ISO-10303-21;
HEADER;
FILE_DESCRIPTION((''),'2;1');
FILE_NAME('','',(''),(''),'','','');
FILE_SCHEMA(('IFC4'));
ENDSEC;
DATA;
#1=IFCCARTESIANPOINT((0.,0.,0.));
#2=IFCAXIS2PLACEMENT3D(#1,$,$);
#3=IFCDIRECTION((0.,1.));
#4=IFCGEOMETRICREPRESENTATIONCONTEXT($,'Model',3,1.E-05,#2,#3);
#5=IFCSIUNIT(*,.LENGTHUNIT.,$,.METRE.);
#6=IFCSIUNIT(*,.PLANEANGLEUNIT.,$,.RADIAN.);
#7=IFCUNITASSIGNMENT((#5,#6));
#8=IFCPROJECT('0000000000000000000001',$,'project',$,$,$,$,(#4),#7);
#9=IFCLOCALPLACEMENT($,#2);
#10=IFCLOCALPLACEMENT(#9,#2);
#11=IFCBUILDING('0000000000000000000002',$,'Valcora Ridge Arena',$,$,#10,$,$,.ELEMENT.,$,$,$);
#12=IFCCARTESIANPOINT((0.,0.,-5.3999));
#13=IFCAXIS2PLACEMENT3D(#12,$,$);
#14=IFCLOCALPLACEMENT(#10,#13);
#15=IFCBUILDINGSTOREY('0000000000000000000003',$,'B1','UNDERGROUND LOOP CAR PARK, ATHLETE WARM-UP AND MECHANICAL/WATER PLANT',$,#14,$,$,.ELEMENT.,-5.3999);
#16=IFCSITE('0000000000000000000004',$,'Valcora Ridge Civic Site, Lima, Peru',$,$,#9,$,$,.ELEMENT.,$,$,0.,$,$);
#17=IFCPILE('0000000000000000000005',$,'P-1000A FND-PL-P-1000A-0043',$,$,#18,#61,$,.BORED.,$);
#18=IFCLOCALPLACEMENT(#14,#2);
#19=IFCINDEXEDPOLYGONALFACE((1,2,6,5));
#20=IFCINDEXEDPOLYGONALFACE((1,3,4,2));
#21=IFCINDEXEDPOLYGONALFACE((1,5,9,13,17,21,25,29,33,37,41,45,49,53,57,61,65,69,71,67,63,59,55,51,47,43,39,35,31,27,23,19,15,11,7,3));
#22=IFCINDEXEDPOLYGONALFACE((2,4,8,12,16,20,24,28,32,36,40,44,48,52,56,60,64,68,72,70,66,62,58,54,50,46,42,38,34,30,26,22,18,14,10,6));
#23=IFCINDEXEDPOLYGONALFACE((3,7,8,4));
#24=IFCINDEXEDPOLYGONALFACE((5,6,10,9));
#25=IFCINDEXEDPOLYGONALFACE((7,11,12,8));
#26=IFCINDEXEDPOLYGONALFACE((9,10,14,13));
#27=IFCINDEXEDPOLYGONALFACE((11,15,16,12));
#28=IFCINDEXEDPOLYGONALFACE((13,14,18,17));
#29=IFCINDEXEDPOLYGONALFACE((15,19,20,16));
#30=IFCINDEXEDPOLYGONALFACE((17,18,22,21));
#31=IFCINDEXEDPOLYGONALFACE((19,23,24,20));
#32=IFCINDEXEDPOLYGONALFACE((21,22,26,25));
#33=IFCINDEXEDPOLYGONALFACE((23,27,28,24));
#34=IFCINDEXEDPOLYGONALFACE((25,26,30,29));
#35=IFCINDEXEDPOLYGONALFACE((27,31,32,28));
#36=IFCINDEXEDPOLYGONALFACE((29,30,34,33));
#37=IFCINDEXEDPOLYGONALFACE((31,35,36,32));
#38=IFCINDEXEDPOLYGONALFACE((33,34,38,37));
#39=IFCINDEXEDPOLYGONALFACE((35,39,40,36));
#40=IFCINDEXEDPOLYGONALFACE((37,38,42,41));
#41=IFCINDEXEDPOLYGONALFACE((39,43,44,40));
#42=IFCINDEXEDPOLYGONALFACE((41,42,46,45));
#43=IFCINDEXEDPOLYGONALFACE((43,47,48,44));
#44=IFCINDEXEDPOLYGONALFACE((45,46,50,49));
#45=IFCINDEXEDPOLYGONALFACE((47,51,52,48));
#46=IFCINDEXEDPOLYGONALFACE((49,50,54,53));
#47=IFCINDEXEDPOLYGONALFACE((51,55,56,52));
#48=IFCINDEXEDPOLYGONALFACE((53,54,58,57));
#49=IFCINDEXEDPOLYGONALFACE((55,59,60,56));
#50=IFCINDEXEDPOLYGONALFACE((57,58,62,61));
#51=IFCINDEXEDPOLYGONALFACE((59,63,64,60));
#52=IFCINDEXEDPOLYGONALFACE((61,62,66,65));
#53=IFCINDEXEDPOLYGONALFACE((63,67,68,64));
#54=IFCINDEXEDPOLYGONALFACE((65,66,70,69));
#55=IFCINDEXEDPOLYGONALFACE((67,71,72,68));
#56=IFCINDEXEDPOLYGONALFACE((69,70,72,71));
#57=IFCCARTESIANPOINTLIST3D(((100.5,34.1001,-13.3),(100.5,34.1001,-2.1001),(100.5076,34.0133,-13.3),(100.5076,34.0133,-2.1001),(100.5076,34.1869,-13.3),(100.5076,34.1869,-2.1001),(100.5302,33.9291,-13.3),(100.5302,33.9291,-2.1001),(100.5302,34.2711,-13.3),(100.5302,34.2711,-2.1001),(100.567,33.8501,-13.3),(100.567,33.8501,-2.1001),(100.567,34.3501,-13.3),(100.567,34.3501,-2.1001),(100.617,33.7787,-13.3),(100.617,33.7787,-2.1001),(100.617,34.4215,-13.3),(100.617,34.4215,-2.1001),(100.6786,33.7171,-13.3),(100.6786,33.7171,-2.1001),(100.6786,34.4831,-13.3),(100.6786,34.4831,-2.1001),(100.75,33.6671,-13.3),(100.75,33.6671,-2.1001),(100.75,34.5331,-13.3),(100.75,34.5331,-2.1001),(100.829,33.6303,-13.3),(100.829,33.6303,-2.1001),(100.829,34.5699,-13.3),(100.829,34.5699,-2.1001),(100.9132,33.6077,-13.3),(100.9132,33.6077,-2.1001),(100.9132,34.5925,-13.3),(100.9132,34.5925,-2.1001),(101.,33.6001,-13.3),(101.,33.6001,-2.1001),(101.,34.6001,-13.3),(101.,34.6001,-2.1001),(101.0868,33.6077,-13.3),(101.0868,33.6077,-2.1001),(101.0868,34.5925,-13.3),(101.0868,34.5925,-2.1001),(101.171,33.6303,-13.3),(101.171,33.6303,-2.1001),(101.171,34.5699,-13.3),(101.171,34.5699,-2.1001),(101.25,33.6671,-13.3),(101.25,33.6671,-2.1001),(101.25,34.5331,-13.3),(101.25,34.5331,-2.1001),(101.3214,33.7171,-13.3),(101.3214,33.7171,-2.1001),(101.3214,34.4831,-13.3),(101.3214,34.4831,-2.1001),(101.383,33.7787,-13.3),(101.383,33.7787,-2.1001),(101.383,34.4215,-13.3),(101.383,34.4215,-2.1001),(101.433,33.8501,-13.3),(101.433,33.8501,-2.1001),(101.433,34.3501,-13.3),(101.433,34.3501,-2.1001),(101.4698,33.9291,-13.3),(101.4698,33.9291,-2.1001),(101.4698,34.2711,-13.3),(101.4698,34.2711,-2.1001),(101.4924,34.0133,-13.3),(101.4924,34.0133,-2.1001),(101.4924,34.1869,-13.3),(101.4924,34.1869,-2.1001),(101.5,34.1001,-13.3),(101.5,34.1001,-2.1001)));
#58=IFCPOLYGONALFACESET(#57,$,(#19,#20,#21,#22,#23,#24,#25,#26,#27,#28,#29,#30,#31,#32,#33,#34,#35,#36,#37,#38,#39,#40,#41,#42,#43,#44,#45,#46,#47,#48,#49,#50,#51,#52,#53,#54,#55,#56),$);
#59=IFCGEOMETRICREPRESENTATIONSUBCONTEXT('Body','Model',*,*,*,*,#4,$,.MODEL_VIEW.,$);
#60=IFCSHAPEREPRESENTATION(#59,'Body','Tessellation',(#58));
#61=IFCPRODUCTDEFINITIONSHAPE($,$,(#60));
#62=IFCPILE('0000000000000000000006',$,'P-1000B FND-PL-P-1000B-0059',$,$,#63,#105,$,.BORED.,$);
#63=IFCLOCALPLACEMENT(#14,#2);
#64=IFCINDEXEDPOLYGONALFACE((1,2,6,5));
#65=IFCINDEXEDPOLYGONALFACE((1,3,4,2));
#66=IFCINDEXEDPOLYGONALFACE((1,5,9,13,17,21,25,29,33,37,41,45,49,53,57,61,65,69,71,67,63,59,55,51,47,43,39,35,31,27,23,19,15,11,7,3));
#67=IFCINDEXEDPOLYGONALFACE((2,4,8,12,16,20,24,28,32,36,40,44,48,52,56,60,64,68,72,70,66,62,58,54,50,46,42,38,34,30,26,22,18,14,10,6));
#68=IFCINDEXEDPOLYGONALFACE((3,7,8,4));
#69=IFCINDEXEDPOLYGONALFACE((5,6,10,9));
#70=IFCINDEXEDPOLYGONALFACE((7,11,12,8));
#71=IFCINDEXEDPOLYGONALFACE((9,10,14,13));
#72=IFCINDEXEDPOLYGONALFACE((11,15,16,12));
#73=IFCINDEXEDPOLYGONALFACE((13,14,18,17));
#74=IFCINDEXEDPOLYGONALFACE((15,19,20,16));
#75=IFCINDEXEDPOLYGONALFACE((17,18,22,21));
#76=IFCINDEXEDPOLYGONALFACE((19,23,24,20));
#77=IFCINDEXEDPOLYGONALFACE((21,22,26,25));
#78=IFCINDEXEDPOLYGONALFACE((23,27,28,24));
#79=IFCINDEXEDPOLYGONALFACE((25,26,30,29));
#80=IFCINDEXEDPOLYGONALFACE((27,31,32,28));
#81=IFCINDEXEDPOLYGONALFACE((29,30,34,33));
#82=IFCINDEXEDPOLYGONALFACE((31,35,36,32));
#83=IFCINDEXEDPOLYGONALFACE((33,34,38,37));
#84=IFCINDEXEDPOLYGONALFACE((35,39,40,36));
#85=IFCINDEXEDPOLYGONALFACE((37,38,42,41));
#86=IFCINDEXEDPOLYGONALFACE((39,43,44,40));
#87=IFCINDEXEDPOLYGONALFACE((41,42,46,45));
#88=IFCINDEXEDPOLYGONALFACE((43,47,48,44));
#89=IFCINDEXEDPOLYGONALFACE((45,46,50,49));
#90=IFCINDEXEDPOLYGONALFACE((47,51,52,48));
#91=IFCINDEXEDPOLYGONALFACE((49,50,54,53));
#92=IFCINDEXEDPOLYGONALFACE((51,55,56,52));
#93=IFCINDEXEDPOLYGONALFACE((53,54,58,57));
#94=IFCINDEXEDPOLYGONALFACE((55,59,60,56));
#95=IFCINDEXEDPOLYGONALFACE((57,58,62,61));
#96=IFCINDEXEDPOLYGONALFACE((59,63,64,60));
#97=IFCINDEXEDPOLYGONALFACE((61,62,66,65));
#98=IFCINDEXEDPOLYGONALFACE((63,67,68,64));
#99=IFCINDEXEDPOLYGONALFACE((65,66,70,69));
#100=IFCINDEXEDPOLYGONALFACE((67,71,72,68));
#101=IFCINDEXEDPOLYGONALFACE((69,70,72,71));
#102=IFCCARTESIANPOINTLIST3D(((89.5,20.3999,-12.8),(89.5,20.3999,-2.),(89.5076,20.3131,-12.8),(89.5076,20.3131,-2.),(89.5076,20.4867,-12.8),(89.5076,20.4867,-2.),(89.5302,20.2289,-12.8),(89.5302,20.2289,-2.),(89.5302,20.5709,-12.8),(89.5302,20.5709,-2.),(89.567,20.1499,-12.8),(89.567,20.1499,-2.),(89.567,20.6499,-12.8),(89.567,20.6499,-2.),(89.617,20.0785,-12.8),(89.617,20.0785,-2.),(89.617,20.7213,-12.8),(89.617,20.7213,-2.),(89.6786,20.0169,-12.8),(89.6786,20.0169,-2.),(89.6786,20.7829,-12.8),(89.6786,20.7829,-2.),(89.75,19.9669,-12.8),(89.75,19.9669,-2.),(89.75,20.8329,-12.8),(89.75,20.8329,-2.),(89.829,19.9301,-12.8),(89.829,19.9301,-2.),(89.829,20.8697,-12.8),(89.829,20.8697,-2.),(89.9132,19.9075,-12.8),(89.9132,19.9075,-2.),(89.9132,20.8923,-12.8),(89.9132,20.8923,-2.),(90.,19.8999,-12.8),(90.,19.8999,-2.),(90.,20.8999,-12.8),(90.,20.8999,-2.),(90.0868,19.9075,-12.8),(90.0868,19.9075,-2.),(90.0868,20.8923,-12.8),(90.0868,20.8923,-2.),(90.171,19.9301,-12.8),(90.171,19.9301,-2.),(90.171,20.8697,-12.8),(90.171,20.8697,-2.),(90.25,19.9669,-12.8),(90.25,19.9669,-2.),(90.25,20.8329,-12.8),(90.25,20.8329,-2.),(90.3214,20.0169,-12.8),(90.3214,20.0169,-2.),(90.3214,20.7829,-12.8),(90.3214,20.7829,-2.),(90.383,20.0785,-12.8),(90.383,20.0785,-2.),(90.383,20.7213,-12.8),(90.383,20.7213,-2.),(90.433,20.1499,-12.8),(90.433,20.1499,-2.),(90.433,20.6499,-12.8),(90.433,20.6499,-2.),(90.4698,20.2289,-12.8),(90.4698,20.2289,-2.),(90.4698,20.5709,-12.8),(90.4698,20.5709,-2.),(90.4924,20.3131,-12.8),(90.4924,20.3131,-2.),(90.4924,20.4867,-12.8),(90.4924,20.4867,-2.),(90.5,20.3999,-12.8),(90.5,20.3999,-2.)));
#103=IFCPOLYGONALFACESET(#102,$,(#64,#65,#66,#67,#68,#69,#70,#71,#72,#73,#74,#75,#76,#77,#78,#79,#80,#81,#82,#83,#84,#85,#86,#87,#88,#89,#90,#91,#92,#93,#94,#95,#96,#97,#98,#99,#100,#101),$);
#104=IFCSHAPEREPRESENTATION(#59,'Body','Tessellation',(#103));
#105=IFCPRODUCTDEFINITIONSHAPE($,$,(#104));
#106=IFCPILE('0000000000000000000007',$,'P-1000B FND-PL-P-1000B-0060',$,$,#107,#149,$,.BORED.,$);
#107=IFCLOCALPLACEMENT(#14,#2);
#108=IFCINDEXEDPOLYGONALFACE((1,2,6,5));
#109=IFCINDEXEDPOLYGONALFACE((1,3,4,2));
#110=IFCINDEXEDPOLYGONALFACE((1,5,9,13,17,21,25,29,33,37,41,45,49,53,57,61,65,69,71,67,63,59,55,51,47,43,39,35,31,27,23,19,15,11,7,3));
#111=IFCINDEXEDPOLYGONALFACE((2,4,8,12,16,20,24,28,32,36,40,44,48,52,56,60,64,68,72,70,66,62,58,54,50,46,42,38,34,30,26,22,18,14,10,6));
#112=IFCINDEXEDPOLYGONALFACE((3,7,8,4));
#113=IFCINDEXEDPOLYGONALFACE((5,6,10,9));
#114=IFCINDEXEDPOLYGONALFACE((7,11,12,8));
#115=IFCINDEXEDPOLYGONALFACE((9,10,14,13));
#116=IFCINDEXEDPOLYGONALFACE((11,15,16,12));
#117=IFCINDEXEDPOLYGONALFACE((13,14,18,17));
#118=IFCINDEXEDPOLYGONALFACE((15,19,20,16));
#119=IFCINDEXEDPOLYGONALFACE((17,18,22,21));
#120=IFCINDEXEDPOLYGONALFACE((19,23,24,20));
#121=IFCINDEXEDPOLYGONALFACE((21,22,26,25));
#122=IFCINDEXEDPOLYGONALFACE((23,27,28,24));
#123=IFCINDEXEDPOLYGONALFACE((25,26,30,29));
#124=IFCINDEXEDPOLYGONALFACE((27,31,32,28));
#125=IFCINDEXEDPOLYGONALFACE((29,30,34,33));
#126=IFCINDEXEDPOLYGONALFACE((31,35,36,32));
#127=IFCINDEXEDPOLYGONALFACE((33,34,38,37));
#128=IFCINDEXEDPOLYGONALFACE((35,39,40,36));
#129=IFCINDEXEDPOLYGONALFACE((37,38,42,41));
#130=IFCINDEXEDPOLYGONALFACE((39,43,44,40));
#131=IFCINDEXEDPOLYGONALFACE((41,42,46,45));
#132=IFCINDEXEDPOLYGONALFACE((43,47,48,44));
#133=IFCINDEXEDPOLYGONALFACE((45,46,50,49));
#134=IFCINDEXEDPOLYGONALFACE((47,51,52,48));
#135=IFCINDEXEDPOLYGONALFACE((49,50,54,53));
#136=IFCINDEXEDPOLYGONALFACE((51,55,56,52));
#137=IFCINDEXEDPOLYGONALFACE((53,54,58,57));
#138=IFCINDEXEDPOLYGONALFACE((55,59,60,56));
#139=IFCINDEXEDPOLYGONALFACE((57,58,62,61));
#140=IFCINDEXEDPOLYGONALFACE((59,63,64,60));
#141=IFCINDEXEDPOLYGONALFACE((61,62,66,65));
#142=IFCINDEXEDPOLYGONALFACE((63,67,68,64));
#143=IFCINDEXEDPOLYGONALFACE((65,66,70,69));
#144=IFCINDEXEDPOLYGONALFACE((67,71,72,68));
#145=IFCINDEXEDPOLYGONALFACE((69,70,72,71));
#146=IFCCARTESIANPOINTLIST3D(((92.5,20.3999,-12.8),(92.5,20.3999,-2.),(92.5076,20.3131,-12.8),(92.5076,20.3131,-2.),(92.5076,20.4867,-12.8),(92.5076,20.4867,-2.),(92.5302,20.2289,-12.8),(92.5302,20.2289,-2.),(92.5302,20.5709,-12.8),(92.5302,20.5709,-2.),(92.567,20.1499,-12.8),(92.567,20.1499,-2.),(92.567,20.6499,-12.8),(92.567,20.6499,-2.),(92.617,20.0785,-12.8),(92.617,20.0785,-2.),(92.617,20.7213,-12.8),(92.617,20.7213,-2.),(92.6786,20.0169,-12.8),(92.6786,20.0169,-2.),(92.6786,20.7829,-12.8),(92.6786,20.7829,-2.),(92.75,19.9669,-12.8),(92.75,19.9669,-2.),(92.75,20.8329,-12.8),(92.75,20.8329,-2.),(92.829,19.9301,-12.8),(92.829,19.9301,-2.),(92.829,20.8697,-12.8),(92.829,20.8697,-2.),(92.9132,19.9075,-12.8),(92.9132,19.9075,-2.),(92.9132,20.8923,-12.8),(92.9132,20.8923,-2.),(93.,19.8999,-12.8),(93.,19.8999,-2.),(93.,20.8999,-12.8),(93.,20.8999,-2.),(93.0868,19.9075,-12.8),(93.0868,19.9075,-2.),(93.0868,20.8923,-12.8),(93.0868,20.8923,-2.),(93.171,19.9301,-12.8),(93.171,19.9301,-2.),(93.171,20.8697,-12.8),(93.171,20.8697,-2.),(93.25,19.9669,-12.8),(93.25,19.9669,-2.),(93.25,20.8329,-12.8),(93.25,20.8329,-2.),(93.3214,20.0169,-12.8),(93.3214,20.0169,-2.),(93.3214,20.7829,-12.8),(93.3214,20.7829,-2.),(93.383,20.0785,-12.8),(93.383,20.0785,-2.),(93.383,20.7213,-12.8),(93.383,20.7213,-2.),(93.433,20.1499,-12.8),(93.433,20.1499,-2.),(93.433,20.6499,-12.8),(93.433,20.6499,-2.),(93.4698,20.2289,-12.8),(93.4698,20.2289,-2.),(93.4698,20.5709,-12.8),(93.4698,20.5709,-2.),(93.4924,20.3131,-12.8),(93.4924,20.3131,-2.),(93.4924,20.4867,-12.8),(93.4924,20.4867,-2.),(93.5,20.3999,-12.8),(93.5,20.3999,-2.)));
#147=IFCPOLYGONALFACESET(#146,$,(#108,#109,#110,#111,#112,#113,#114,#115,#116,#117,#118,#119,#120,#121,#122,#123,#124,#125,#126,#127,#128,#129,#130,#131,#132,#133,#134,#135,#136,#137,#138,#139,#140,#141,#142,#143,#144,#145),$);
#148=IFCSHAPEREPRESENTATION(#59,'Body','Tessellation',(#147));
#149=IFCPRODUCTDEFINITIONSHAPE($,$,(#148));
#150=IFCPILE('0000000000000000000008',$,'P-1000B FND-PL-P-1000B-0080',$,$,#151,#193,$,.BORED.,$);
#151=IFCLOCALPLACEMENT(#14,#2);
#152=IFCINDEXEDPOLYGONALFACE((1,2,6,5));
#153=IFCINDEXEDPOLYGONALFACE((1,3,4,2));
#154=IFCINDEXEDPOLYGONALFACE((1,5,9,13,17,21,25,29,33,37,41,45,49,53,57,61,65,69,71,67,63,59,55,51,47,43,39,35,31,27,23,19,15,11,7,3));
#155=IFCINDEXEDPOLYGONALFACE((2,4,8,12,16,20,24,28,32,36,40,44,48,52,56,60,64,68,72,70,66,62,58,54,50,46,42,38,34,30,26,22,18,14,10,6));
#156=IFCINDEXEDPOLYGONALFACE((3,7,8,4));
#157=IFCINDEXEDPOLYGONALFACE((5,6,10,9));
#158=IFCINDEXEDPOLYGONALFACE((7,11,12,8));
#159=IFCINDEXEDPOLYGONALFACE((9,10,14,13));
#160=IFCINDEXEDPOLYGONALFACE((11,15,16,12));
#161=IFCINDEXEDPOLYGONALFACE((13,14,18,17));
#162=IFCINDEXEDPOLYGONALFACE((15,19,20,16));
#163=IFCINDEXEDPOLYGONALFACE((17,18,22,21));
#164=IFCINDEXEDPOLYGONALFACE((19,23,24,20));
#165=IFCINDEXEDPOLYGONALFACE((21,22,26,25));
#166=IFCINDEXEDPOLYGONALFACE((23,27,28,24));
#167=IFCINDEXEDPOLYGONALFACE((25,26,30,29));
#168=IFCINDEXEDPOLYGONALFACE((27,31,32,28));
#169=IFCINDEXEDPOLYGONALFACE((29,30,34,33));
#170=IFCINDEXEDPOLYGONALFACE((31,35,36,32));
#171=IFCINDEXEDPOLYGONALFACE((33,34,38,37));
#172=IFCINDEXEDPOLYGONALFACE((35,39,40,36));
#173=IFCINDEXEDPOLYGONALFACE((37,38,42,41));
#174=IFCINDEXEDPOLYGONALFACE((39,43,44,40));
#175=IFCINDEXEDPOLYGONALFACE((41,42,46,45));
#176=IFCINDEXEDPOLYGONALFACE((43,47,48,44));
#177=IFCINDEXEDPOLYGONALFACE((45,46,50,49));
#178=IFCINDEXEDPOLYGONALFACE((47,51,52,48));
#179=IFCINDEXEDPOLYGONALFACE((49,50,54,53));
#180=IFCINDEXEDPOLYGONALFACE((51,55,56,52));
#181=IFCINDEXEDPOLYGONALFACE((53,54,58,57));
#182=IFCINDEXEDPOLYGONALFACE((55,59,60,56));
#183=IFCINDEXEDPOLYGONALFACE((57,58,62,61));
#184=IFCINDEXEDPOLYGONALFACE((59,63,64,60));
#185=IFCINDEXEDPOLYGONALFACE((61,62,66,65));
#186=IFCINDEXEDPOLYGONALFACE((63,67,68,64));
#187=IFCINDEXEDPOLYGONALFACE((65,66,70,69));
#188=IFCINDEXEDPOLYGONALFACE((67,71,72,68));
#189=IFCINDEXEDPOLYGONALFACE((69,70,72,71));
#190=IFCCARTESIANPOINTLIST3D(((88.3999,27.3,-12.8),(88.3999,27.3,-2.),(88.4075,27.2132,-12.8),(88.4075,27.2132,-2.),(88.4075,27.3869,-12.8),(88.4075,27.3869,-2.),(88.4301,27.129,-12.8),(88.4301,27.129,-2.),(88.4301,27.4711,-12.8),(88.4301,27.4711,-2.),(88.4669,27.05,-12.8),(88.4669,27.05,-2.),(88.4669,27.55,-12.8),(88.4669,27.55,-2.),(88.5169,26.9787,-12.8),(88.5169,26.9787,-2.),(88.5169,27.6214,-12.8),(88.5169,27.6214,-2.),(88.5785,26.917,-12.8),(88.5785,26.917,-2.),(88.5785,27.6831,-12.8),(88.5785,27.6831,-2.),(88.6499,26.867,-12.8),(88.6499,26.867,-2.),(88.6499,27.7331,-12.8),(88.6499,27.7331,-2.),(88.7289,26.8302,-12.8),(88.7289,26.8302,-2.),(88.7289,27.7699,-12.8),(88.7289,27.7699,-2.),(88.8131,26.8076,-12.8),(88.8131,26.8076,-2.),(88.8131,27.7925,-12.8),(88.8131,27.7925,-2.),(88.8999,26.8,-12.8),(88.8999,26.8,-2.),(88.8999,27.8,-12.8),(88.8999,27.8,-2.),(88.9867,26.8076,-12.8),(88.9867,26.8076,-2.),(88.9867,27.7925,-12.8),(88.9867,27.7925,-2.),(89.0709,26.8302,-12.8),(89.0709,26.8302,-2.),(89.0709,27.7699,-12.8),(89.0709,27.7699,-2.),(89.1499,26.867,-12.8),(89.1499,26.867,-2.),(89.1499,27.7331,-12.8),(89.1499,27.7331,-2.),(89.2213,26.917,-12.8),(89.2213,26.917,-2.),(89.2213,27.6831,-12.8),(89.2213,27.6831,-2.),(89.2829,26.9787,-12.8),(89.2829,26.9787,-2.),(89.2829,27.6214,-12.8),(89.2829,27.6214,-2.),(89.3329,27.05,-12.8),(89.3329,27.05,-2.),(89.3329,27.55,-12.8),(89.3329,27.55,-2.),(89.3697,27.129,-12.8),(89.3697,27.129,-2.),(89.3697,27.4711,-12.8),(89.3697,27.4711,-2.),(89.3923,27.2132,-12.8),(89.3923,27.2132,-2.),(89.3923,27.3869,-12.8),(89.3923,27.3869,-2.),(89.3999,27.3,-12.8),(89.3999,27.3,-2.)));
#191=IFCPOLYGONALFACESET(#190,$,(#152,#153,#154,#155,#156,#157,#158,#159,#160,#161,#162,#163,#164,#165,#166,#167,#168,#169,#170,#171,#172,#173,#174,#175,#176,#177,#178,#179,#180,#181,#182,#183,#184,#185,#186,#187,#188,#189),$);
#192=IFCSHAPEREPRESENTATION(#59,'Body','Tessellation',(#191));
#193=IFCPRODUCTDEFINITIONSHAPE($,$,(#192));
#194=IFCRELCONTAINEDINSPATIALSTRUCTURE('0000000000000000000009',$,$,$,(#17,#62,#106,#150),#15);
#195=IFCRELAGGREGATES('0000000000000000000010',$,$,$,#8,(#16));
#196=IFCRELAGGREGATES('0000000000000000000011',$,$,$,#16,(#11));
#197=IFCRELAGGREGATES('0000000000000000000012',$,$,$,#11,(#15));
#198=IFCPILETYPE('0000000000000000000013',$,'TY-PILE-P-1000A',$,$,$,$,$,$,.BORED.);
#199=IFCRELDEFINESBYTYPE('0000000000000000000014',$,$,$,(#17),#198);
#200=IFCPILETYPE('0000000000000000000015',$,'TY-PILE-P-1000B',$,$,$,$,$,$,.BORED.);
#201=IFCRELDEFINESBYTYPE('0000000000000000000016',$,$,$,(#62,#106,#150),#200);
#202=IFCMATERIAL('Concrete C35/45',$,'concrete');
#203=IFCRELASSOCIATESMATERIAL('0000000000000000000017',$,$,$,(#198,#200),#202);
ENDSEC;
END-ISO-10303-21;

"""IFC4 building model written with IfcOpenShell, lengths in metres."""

from ifc_helpers import new_model, si_unit, direction, frame, origin, origin_2d, place, context, subcontext, project, spatial, circle, extrude, material, material_profile, profile_set, type_object, element, save


model = new_model("IFC4")

# Units and contexts
model_context = context("Model", 3, precision=1e-05, world=origin(), true_north=direction((0.0, 1.0)))
body_context = subcontext(model_context, "Body", "Model", "MODEL_VIEW")
ifc_project = project(units=[si_unit("LENGTHUNIT", "METRE"), si_unit("PLANEANGLEUNIT", "RADIAN")], contexts=[model_context])

# Site, building, storey
site_placement = place(None, origin())
site = spatial("IfcSite", under=ifc_project, at=site_placement, Name="Valcora Ridge Civic Site, Lima, Peru", CompositionType="ELEMENT", RefElevation=0.0)
building_placement = place(site_placement, origin())
building = spatial("IfcBuilding", under=site, at=building_placement, Name="Valcora Ridge Arena", CompositionType="ELEMENT")
storey_placement = place(building_placement, frame((0.0, 0.0, -5.3999)))
storey = spatial("IfcBuildingStorey", under=building, at=storey_placement, Name="B1", Description="UNDERGROUND LOOP CAR PARK, ATHLETE WARM-UP AND MECHANICAL/WATER PLANT", CompositionType="ELEMENT", Elevation=-5.3999)

# Piles
ifc_material_1 = material(Name="Concrete C35/45", Category="concrete")
ifc_material_profile_1 = material_profile(ifc_material_1, circle(Radius=0.5, at=origin_2d()), Name="BORED PILE D1000")
ifc_profile_set_1 = profile_set([ifc_material_profile_1], Name="Concrete C35/45")
pile_type_1 = type_object("IfcPileType", Name="TY-PILE-P-1000A", PredefinedType="BORED", material=ifc_profile_set_1)
for number, where, z_axis, x_axis, name in (
    (1, (101.0, 34.1001, -2.1001), (0.0, 0.0, -1.0), (1.0, 0.0, 0.0), "P-1000A FND-PL-P-1000A-0043"),
):
    element("IfcPile", number, at=place(storey_placement, frame(where, z_axis=z_axis, x_axis=x_axis)), inside=storey, type_object=pile_type_1, Name=name, PredefinedType="BORED", context=body_context, shape_type="SweptSolid", body=[
        extrude(circle(Radius=0.5, at=origin_2d()), origin(), (0.0, 0.0, 1.0), 11.2),
    ])
ifc_material_profile_2 = material_profile(ifc_material_1, circle(Radius=0.5, at=origin_2d()), Name="BORED PILE D1000")
ifc_profile_set_2 = profile_set([ifc_material_profile_2], Name="Concrete C35/45")
pile_type_2 = type_object("IfcPileType", Name="TY-PILE-P-1000B", PredefinedType="BORED", material=ifc_profile_set_2)
for number, where, z_axis, x_axis, name in (
    (2, (90.0, 20.3999, -2.0), (0.0, 0.0, -1.0), (1.0, 0.0, 0.0), "P-1000B FND-PL-P-1000B-0059"),
    (3, (93.0, 20.3999, -2.0), (0.0, 0.0, -1.0), (1.0, 0.0, 0.0), "P-1000B FND-PL-P-1000B-0060"),
    (4, (88.8999, 27.3, -2.0), (0.0, 0.0, -1.0), (1.0, 0.0, 0.0), "P-1000B FND-PL-P-1000B-0080"),
):
    element("IfcPile", number, at=place(storey_placement, frame(where, z_axis=z_axis, x_axis=x_axis)), inside=storey, type_object=pile_type_2, Name=name, PredefinedType="BORED", context=body_context, shape_type="SweptSolid", body=[
        extrude(circle(Radius=0.5, at=origin_2d()), origin(), (0.0, 0.0, 1.0), 10.8),
    ])

save(model, "model.ifc")
